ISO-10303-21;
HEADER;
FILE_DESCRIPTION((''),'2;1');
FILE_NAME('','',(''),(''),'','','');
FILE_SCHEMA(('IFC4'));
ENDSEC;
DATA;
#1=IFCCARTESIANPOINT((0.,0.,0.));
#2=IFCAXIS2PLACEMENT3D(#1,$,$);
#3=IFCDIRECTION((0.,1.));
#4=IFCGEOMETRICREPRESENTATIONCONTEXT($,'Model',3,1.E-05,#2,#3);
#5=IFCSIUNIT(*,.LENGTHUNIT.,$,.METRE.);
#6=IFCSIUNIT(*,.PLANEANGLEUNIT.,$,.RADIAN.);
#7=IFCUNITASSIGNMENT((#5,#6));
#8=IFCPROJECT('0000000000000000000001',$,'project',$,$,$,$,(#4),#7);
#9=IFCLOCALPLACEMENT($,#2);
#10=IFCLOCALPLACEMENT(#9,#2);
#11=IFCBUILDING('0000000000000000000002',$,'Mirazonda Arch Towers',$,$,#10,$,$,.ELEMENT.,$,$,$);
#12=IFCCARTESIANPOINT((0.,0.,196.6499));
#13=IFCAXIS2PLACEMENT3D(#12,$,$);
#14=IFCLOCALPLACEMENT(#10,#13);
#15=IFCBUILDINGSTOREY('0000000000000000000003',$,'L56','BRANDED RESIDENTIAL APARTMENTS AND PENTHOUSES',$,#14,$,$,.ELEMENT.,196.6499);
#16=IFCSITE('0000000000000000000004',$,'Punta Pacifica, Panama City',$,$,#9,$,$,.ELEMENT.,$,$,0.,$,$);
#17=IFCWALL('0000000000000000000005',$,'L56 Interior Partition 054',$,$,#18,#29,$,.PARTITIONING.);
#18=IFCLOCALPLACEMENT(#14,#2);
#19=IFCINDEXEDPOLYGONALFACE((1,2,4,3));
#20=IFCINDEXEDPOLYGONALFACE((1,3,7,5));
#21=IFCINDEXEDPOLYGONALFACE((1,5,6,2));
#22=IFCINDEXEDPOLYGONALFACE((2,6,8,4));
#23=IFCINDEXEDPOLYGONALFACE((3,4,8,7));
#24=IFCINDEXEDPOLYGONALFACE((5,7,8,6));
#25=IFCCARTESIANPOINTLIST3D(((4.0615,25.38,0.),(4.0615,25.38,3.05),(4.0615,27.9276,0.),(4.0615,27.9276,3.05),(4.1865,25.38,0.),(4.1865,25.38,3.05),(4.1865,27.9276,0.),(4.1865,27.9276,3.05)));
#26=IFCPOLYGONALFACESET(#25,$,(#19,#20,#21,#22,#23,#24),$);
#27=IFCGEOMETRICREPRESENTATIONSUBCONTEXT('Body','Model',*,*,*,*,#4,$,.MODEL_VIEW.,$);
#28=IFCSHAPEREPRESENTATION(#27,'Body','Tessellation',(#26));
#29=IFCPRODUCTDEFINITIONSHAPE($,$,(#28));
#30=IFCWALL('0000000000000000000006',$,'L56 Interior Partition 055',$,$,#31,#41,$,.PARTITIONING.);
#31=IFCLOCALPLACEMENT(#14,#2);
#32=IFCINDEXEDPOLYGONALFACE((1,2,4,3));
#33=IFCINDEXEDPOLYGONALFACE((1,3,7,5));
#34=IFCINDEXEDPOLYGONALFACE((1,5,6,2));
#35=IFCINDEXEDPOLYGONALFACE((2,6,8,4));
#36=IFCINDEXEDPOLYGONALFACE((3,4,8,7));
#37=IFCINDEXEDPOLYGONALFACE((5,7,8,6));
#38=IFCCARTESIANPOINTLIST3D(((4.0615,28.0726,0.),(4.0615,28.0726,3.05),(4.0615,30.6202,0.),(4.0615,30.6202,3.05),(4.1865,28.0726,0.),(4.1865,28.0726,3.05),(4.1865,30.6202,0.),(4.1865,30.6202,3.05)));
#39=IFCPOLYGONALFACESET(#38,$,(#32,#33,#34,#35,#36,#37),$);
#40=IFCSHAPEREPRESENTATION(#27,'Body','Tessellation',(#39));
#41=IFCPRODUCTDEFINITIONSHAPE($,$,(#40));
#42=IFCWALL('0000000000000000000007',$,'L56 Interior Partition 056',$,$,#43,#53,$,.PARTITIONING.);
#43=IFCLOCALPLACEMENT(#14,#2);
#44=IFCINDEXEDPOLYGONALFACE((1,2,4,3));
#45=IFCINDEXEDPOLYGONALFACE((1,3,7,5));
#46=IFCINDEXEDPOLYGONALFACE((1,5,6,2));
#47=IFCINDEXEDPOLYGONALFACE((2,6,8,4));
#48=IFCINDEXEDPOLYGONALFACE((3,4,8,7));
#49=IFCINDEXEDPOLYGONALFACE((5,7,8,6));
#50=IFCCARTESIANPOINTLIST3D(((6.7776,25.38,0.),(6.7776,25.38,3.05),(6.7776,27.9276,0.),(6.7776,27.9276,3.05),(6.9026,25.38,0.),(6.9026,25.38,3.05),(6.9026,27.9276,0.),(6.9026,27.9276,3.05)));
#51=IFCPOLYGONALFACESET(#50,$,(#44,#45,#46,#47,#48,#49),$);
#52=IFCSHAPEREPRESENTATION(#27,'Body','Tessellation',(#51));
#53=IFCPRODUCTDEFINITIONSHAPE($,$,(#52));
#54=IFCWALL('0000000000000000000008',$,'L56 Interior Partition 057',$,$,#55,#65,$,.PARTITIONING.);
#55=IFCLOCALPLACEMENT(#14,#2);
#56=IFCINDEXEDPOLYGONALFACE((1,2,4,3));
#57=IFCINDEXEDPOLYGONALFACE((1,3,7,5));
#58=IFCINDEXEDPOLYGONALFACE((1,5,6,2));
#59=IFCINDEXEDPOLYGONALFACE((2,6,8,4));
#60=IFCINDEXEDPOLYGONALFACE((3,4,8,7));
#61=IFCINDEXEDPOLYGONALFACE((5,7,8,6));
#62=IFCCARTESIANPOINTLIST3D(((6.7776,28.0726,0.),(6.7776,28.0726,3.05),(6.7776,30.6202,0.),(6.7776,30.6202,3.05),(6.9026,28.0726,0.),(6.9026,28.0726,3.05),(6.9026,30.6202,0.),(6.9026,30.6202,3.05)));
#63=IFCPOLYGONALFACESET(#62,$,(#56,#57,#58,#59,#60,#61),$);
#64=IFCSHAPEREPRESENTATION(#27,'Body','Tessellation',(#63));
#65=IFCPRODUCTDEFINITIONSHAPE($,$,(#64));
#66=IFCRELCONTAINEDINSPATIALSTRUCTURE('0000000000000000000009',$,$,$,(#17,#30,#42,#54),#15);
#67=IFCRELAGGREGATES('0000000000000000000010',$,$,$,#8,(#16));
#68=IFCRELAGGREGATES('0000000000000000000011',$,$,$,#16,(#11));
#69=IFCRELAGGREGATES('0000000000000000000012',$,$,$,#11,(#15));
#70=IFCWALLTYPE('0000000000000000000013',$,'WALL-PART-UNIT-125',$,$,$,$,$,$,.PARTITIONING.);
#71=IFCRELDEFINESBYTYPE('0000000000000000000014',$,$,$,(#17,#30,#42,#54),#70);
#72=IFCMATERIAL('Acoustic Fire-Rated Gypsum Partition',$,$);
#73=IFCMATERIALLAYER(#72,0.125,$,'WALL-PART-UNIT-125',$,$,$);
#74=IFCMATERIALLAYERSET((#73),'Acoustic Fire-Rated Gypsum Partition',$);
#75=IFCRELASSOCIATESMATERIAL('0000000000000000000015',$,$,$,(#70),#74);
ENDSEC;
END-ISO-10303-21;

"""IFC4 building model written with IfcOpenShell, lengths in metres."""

from ifc_helpers import new_model, si_unit, direction, frame, frame_2d, origin, place, context, subcontext, project, spatial, rectangle, extrude, material, layer, layer_set, type_object, element, save


model = new_model("IFC4")

# Units and contexts
model_context = context("Model", 3, precision=1e-05, world=origin(), true_north=direction((0.0, 1.0)))
body_context = subcontext(model_context, "Body", "Model", "MODEL_VIEW")
ifc_project = project(units=[si_unit("LENGTHUNIT", "METRE"), si_unit("PLANEANGLEUNIT", "RADIAN")], contexts=[model_context])

# Site, building, storey
site_placement = place(None, origin())
site = spatial("IfcSite", under=ifc_project, at=site_placement, Name="Punta Pacifica, Panama City", CompositionType="ELEMENT", RefElevation=0.0)
building_placement = place(site_placement, origin())
building = spatial("IfcBuilding", under=site, at=building_placement, Name="Mirazonda Arch Towers", CompositionType="ELEMENT")
storey_placement = place(building_placement, frame((0.0, 0.0, 196.6499)))
storey = spatial("IfcBuildingStorey", under=building, at=storey_placement, Name="L56", Description="BRANDED RESIDENTIAL APARTMENTS AND PENTHOUSES", CompositionType="ELEMENT", Elevation=196.6499)

# Walls
ifc_material_1 = material(Name="Acoustic Fire-Rated Gypsum Partition")
ifc_layer_1 = layer(ifc_material_1, 0.125, Name="WALL-PART-UNIT-125")
ifc_layer_set_1 = layer_set([ifc_layer_1], Name="Acoustic Fire-Rated Gypsum Partition")
wall_type_1 = type_object("IfcWallType", Name="WALL-PART-UNIT-125", PredefinedType="PARTITIONING", material=ifc_layer_set_1)
for number, where, z_axis, x_axis, name in (
    (1, (4.124, 25.3799, 0.0), (0.0, 0.0, 1.0), (0.0, 1.0, 0.0), "L56 Interior Partition 054"),
    (2, (4.124, 28.0725, 0.0), (0.0, 0.0, 1.0), (0.0, 1.0, 0.0), "L56 Interior Partition 055"),
    (3, (6.8401, 25.3799, 0.0), (0.0, 0.0, 1.0), (0.0, 1.0, 0.0), "L56 Interior Partition 056"),
    (4, (6.8401, 28.0725, 0.0), (0.0, 0.0, 1.0), (0.0, 1.0, 0.0), "L56 Interior Partition 057"),
):
    element("IfcWall", number, at=place(storey_placement, frame(where, z_axis=z_axis, x_axis=x_axis)), inside=storey, type_object=wall_type_1, Name=name, PredefinedType="PARTITIONING", context=body_context, shape_type="SweptSolid", body=[
        extrude(rectangle(XDim=2.5476, YDim=0.125, at=frame_2d((1.2739, 0.0))), origin(), (0.0, 0.0, 1.0), 3.05),
    ])

save(model, "model.ifc")
